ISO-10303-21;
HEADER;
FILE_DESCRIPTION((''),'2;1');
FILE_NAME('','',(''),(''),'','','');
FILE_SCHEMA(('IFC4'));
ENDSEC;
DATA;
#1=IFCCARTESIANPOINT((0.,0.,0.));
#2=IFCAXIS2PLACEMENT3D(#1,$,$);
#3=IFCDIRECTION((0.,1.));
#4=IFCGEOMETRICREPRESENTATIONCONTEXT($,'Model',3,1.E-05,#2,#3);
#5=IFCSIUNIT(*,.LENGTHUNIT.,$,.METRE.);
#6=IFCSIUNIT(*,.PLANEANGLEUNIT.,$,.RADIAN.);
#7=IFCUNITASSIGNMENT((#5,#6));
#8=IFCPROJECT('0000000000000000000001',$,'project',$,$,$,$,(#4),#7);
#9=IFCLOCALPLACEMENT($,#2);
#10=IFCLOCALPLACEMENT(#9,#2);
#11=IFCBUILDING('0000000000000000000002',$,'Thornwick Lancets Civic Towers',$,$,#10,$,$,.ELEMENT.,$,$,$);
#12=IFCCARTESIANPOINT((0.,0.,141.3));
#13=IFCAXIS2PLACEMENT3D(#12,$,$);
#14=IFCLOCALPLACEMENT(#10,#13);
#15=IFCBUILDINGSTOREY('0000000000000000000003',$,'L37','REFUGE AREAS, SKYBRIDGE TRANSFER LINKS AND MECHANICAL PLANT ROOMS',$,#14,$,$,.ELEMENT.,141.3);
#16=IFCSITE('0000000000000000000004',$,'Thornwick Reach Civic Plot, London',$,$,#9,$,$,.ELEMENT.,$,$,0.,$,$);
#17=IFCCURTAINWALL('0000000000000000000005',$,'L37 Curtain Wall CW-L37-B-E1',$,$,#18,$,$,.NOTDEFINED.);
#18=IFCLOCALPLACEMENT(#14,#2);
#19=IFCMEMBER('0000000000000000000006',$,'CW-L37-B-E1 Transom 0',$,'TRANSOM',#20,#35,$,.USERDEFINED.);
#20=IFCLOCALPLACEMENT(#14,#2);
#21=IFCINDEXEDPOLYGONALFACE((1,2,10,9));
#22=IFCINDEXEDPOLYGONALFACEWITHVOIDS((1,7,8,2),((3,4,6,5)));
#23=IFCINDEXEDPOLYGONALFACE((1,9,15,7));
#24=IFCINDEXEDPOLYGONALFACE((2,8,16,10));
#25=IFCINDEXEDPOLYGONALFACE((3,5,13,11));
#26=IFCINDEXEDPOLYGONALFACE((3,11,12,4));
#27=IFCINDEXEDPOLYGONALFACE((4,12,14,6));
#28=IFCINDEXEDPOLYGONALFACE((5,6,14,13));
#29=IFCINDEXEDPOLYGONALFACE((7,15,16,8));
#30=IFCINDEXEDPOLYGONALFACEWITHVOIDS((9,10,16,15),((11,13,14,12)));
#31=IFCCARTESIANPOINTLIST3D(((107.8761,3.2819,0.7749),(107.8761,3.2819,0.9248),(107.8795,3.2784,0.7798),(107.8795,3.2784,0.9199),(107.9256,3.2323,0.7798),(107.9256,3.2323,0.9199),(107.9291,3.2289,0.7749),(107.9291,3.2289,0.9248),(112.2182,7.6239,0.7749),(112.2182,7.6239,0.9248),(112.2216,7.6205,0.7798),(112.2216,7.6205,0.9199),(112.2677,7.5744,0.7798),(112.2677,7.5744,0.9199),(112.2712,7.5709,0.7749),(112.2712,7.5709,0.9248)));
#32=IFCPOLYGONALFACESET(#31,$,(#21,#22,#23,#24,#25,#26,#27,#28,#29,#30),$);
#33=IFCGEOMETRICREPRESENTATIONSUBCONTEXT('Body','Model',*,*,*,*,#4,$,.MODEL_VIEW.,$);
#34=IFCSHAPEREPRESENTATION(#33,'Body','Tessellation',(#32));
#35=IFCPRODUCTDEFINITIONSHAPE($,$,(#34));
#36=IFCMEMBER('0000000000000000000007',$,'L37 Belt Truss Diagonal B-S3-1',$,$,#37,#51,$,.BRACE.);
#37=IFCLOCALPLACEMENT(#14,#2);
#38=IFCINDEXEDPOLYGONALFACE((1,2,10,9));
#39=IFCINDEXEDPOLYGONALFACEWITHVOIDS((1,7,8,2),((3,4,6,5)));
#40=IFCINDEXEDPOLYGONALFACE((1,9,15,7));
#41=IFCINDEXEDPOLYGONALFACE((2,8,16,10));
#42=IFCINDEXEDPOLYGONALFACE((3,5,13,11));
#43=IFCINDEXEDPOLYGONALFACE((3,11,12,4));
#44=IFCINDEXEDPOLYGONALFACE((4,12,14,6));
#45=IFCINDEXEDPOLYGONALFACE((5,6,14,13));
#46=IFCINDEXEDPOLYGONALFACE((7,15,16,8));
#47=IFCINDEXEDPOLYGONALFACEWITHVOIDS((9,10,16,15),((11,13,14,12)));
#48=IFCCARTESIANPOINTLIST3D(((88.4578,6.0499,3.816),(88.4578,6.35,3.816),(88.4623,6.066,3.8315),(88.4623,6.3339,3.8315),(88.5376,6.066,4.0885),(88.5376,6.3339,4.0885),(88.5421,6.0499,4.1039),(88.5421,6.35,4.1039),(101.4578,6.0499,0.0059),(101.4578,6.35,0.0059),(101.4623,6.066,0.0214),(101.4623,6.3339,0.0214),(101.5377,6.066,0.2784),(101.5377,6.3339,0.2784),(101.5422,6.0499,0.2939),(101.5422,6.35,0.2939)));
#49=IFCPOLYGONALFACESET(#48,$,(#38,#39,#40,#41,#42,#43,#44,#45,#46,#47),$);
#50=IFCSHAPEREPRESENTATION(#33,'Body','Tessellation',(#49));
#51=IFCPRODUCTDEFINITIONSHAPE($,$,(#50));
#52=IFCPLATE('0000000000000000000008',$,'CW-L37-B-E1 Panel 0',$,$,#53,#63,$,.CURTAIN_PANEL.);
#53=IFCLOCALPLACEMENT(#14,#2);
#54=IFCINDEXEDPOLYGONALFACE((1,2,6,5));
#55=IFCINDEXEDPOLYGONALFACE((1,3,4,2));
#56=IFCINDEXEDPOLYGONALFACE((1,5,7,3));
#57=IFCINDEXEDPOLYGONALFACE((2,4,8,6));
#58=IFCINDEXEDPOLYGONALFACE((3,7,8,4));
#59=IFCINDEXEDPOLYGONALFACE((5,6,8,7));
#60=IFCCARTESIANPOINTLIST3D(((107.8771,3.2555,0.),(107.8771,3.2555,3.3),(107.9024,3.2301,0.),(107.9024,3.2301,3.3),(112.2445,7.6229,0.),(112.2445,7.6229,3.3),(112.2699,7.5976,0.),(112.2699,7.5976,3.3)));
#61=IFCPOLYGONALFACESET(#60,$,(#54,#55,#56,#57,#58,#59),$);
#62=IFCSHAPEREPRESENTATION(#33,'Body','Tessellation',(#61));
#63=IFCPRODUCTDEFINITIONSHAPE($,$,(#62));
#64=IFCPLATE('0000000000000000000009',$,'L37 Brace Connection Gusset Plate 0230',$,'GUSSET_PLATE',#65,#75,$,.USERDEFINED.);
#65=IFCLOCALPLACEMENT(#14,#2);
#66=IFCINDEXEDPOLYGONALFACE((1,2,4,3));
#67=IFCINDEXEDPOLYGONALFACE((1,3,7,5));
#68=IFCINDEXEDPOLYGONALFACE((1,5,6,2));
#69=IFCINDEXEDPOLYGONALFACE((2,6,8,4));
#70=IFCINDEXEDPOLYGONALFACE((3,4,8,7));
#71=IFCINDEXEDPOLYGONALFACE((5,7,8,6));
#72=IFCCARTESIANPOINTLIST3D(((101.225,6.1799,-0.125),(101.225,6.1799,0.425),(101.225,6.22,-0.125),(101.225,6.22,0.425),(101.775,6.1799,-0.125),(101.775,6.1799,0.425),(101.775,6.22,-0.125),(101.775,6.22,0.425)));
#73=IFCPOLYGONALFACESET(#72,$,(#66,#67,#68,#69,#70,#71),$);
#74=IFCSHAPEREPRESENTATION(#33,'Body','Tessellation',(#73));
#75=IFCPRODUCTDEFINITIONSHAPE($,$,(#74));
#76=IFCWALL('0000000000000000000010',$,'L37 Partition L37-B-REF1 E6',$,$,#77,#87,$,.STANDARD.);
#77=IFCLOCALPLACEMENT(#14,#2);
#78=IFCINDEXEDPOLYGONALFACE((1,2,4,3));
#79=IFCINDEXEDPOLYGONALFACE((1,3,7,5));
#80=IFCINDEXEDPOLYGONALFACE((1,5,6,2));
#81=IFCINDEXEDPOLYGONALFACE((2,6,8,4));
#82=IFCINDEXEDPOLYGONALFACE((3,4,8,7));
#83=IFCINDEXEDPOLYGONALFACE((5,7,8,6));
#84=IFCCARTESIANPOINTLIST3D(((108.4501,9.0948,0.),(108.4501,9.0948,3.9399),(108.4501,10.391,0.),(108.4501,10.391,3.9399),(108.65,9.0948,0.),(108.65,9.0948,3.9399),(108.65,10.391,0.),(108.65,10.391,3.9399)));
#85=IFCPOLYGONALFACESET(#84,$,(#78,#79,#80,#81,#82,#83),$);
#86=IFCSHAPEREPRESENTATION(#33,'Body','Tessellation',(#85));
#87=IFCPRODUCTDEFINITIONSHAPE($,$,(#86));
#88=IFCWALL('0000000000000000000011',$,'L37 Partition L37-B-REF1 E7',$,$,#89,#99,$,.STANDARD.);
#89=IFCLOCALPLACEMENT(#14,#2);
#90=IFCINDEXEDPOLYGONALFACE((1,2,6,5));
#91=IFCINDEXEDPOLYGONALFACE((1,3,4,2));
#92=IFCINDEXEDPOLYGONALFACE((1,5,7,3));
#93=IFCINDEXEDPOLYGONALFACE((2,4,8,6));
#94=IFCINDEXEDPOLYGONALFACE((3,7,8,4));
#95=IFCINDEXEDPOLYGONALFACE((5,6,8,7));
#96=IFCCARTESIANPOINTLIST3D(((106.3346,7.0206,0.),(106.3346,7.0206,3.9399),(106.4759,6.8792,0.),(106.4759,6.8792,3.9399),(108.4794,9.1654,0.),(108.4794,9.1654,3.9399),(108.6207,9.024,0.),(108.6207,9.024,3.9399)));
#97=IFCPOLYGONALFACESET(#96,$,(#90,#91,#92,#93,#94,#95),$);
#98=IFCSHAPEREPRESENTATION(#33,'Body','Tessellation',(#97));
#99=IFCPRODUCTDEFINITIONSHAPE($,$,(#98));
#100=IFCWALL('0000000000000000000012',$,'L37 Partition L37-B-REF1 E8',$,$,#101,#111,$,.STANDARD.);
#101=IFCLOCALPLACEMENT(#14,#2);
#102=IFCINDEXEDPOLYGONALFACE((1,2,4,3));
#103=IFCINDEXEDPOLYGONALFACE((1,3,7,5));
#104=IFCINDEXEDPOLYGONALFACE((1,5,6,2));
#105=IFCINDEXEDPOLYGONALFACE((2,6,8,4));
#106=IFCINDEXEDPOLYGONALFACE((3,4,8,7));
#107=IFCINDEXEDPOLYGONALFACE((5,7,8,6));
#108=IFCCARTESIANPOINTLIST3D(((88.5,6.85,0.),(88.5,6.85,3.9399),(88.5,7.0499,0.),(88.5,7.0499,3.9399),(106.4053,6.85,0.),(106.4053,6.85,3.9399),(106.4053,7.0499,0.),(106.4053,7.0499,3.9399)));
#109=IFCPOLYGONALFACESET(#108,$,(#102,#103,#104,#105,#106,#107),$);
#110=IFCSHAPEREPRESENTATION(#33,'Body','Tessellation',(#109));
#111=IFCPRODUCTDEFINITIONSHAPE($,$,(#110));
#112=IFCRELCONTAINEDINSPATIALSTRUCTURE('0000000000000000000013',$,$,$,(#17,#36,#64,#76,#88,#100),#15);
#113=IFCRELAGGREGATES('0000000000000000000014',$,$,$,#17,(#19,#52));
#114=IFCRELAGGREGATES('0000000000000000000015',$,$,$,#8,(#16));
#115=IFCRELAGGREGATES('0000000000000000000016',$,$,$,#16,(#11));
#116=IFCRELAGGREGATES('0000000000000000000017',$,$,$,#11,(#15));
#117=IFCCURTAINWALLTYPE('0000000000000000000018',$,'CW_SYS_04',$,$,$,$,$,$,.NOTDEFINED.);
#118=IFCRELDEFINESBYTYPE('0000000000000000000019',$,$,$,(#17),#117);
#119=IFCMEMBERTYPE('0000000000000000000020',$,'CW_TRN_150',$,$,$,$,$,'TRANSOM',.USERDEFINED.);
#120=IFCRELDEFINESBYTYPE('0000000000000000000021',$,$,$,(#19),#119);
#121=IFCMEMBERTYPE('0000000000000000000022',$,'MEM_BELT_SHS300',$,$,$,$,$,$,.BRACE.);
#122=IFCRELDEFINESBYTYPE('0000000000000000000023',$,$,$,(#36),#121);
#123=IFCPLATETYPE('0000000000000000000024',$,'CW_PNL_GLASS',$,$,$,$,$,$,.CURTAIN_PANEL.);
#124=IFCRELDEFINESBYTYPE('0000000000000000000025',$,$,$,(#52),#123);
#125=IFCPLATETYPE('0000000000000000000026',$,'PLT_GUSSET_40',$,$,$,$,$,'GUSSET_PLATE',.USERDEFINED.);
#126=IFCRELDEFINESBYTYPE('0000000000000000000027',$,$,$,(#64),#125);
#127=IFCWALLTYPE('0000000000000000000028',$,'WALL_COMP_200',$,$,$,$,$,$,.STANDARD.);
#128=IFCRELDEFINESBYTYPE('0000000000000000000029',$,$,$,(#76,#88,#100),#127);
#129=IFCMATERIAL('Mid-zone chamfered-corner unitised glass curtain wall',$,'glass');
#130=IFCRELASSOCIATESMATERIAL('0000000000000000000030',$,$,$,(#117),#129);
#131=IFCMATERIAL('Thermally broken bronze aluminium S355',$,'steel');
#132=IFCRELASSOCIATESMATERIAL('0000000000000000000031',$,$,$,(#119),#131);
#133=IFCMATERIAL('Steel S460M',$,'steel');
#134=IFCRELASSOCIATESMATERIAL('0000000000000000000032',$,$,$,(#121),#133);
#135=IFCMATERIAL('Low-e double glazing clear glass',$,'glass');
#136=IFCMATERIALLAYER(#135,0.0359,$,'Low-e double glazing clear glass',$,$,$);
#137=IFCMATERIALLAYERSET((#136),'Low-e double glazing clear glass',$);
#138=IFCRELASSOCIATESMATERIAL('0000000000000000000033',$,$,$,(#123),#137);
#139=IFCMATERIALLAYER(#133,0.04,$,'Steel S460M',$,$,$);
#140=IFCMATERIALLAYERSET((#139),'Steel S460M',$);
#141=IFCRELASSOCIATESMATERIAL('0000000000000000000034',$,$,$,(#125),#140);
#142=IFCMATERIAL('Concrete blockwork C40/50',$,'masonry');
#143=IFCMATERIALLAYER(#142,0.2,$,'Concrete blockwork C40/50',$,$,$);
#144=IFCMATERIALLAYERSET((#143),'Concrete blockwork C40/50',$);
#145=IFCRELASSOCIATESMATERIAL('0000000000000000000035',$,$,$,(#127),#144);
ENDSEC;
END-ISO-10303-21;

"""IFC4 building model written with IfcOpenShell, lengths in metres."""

from ifc_helpers import new_model, si_unit, direction, frame, frame_2d, origin, origin_2d, place, context, subcontext, project, spatial, rectangle, hollow_rectangle, extrude, material, layer, layer_set, material_profile, profile_set, type_object, element, aggregate, save


model = new_model("IFC4")

# Units and contexts
model_context = context("Model", 3, precision=1e-05, world=origin(), true_north=direction((0.0, 1.0)))
body_context = subcontext(model_context, "Body", "Model", "MODEL_VIEW")
ifc_project = project(units=[si_unit("LENGTHUNIT", "METRE"), si_unit("PLANEANGLEUNIT", "RADIAN")], contexts=[model_context])

# Site, building, storey
site_placement = place(None, origin())
site = spatial("IfcSite", under=ifc_project, at=site_placement, Name="Thornwick Reach Civic Plot, London", CompositionType="ELEMENT", RefElevation=0.0)
building_placement = place(site_placement, origin())
building = spatial("IfcBuilding", under=site, at=building_placement, Name="Thornwick Lancets Civic Towers", CompositionType="ELEMENT")
storey_placement = place(building_placement, frame((0.0, 0.0, 141.3)))
storey = spatial("IfcBuildingStorey", under=building, at=storey_placement, Name="L37", Description="REFUGE AREAS, SKYBRIDGE TRANSFER LINKS AND MECHANICAL PLANT ROOMS", CompositionType="ELEMENT", Elevation=141.3)

# Shared definitions
ifc_material_1 = material(Name="Steel S460M", Category="steel")

# Curtain wall, member
ifc_material_2 = material(Name="Mid-zone chamfered-corner unitised glass curtain wall", Category="glass")
curtain_wall_type = type_object("IfcCurtainWallType", Name="CW_SYS_04", PredefinedType="NOTDEFINED", material=ifc_material_2)
curtain_wall_placement = place(storey_placement, origin())
curtain_wall = element("IfcCurtainWall", 1, at=curtain_wall_placement, inside=storey, type_object=curtain_wall_type, Name="L37 Curtain Wall CW-L37-B-E1", PredefinedType="NOTDEFINED")
ifc_material_3 = material(Name="Thermally broken bronze aluminium S355", Category="steel")
ifc_material_profile_1 = material_profile(ifc_material_3, hollow_rectangle(XDim=0.075, YDim=0.1499, WallThickness=0.0049, at=origin_2d()), Name="RHS 150x75x5")
ifc_profile_set_1 = profile_set([ifc_material_profile_1], Name="Thermally broken bronze aluminium S355")
member_type_1 = type_object("IfcMemberType", Name="CW_TRN_150", ElementType="TRANSOM", PredefinedType="USERDEFINED", material=ifc_profile_set_1)
member_1_placement = place(storey_placement, frame((107.9026, 3.2554, 0.8499), z_axis=(0.707107, 0.707107, 0.0), x_axis=(-0.707107, 0.707107, 0.0)))
member_1 = element("IfcMember", 2, at=member_1_placement, type_object=member_type_1, Name="CW-L37-B-E1 Transom 0", ObjectType="TRANSOM", PredefinedType="USERDEFINED", context=body_context, shape_type="SweptSolid", body=[
    extrude(hollow_rectangle(XDim=0.075, YDim=0.1499, WallThickness=0.0049, at=origin_2d()), origin(), (0.0, 0.0, 1.0), 6.1406),
])

# Member
ifc_material_profile_2 = material_profile(ifc_material_1, hollow_rectangle(XDim=0.3, YDim=0.3, WallThickness=0.0161, at=origin_2d()), Name="SHS 300x300x16")
ifc_profile_set_2 = profile_set([ifc_material_profile_2], Name="Steel S460M")
member_type_2 = type_object("IfcMemberType", Name="MEM_BELT_SHS300", PredefinedType="BRACE", material=ifc_profile_set_2)
member_2_placement = place(storey_placement, frame((101.5, 6.2, 0.1499), z_axis=(-0.959634, 0.0, 0.281251), x_axis=(0.0, -1.0, 0.0)))
element("IfcMember", 3, at=member_2_placement, inside=storey, type_object=member_type_2, Name="L37 Belt Truss Diagonal B-S3-1", PredefinedType="BRACE", context=body_context, shape_type="SweptSolid", body=[
    extrude(hollow_rectangle(XDim=0.3, YDim=0.3, WallThickness=0.0161, at=origin_2d()), origin(), (0.0, 0.0, 1.0), 13.5469),
])

# Plates
ifc_material_4 = material(Name="Low-e double glazing clear glass", Category="glass")
ifc_layer_1 = layer(ifc_material_4, 0.0359, Name="Low-e double glazing clear glass")
ifc_layer_set_1 = layer_set([ifc_layer_1], Name="Low-e double glazing clear glass")
plate_type_1 = type_object("IfcPlateType", Name="CW_PNL_GLASS", PredefinedType="CURTAIN_PANEL", material=ifc_layer_set_1)
plate_1_placement = place(storey_placement, frame((110.0735, 5.4265, 0.0), z_axis=(0.0, 0.0, 1.0), x_axis=(0.707107, 0.707107, 0.0)))
plate_1 = element("IfcPlate", 4, at=plate_1_placement, type_object=plate_type_1, Name="CW-L37-B-E1 Panel 0", PredefinedType="CURTAIN_PANEL", context=body_context, shape_type="SweptSolid", body=[
    extrude(rectangle(XDim=6.1765, YDim=0.0359, at=origin_2d()), origin(), (0.0, 0.0, 1.0), 3.3),
])
aggregate(curtain_wall, [member_1, plate_1])
ifc_layer_2 = layer(ifc_material_1, 0.04, Name="Steel S460M")
ifc_layer_set_2 = layer_set([ifc_layer_2], Name="Steel S460M")
plate_type_2 = type_object("IfcPlateType", Name="PLT_GUSSET_40", ElementType="GUSSET_PLATE", PredefinedType="USERDEFINED", material=ifc_layer_set_2)
plate_2_placement = place(storey_placement, frame((101.5, 6.2, -0.125), z_axis=(0.0, 0.0, 1.0), x_axis=(-1.0, 0.0, 0.0)))
element("IfcPlate", 5, at=plate_2_placement, inside=storey, type_object=plate_type_2, Name="L37 Brace Connection Gusset Plate 0230", ObjectType="GUSSET_PLATE", PredefinedType="USERDEFINED", context=body_context, shape_type="SweptSolid", body=[
    extrude(rectangle(XDim=0.55, YDim=0.04, at=origin_2d()), origin(), (0.0, 0.0, 1.0), 0.55),
])

# Walls
ifc_material_5 = material(Name="Concrete blockwork C40/50", Category="masonry")
ifc_layer_3 = layer(ifc_material_5, 0.2, Name="Concrete blockwork C40/50")
ifc_layer_set_3 = layer_set([ifc_layer_3], Name="Concrete blockwork C40/50")
wall_type_1 = type_object("IfcWallType", Name="WALL_COMP_200", PredefinedType="STANDARD", material=ifc_layer_set_3)
wall_1_placement = place(storey_placement, frame((108.55, 10.3909, 0.0), z_axis=(0.0, 0.0, 1.0), x_axis=(0.0, -1.0, 0.0)))
element("IfcWall", 6, at=wall_1_placement, inside=storey, type_object=wall_type_1, Name="L37 Partition L37-B-REF1 E6", PredefinedType="STANDARD", context=body_context, shape_type="SweptSolid", body=[
    extrude(rectangle(XDim=1.2961, YDim=0.2, at=frame_2d((0.6479, 0.0))), origin(), (0.0, 0.0, 1.0), 3.9399),
])
wall_2_placement = place(storey_placement, frame((108.55, 9.0947, 0.0), z_axis=(0.0, 0.0, 1.0), x_axis=(-0.707107, -0.707107, 0.0)))
element("IfcWall", 7, at=wall_2_placement, inside=storey, type_object=wall_type_1, Name="L37 Partition L37-B-REF1 E7", PredefinedType="STANDARD", context=body_context, shape_type="SweptSolid", body=[
    extrude(rectangle(XDim=3.0332, YDim=0.2, at=frame_2d((1.5166, 0.0))), origin(), (0.0, 0.0, 1.0), 3.9399),
])
wall_3_placement = place(storey_placement, frame((106.4053, 6.95, 0.0), z_axis=(0.0, 0.0, 1.0), x_axis=(-1.0, 0.0, 0.0)))
element("IfcWall", 8, at=wall_3_placement, inside=storey, type_object=wall_type_1, Name="L37 Partition L37-B-REF1 E8", PredefinedType="STANDARD", context=body_context, shape_type="SweptSolid", body=[
    extrude(rectangle(XDim=17.9053, YDim=0.2, at=frame_2d((8.9526, 0.0))), origin(), (0.0, 0.0, 1.0), 3.9399),
])

save(model, "model.ifc")
